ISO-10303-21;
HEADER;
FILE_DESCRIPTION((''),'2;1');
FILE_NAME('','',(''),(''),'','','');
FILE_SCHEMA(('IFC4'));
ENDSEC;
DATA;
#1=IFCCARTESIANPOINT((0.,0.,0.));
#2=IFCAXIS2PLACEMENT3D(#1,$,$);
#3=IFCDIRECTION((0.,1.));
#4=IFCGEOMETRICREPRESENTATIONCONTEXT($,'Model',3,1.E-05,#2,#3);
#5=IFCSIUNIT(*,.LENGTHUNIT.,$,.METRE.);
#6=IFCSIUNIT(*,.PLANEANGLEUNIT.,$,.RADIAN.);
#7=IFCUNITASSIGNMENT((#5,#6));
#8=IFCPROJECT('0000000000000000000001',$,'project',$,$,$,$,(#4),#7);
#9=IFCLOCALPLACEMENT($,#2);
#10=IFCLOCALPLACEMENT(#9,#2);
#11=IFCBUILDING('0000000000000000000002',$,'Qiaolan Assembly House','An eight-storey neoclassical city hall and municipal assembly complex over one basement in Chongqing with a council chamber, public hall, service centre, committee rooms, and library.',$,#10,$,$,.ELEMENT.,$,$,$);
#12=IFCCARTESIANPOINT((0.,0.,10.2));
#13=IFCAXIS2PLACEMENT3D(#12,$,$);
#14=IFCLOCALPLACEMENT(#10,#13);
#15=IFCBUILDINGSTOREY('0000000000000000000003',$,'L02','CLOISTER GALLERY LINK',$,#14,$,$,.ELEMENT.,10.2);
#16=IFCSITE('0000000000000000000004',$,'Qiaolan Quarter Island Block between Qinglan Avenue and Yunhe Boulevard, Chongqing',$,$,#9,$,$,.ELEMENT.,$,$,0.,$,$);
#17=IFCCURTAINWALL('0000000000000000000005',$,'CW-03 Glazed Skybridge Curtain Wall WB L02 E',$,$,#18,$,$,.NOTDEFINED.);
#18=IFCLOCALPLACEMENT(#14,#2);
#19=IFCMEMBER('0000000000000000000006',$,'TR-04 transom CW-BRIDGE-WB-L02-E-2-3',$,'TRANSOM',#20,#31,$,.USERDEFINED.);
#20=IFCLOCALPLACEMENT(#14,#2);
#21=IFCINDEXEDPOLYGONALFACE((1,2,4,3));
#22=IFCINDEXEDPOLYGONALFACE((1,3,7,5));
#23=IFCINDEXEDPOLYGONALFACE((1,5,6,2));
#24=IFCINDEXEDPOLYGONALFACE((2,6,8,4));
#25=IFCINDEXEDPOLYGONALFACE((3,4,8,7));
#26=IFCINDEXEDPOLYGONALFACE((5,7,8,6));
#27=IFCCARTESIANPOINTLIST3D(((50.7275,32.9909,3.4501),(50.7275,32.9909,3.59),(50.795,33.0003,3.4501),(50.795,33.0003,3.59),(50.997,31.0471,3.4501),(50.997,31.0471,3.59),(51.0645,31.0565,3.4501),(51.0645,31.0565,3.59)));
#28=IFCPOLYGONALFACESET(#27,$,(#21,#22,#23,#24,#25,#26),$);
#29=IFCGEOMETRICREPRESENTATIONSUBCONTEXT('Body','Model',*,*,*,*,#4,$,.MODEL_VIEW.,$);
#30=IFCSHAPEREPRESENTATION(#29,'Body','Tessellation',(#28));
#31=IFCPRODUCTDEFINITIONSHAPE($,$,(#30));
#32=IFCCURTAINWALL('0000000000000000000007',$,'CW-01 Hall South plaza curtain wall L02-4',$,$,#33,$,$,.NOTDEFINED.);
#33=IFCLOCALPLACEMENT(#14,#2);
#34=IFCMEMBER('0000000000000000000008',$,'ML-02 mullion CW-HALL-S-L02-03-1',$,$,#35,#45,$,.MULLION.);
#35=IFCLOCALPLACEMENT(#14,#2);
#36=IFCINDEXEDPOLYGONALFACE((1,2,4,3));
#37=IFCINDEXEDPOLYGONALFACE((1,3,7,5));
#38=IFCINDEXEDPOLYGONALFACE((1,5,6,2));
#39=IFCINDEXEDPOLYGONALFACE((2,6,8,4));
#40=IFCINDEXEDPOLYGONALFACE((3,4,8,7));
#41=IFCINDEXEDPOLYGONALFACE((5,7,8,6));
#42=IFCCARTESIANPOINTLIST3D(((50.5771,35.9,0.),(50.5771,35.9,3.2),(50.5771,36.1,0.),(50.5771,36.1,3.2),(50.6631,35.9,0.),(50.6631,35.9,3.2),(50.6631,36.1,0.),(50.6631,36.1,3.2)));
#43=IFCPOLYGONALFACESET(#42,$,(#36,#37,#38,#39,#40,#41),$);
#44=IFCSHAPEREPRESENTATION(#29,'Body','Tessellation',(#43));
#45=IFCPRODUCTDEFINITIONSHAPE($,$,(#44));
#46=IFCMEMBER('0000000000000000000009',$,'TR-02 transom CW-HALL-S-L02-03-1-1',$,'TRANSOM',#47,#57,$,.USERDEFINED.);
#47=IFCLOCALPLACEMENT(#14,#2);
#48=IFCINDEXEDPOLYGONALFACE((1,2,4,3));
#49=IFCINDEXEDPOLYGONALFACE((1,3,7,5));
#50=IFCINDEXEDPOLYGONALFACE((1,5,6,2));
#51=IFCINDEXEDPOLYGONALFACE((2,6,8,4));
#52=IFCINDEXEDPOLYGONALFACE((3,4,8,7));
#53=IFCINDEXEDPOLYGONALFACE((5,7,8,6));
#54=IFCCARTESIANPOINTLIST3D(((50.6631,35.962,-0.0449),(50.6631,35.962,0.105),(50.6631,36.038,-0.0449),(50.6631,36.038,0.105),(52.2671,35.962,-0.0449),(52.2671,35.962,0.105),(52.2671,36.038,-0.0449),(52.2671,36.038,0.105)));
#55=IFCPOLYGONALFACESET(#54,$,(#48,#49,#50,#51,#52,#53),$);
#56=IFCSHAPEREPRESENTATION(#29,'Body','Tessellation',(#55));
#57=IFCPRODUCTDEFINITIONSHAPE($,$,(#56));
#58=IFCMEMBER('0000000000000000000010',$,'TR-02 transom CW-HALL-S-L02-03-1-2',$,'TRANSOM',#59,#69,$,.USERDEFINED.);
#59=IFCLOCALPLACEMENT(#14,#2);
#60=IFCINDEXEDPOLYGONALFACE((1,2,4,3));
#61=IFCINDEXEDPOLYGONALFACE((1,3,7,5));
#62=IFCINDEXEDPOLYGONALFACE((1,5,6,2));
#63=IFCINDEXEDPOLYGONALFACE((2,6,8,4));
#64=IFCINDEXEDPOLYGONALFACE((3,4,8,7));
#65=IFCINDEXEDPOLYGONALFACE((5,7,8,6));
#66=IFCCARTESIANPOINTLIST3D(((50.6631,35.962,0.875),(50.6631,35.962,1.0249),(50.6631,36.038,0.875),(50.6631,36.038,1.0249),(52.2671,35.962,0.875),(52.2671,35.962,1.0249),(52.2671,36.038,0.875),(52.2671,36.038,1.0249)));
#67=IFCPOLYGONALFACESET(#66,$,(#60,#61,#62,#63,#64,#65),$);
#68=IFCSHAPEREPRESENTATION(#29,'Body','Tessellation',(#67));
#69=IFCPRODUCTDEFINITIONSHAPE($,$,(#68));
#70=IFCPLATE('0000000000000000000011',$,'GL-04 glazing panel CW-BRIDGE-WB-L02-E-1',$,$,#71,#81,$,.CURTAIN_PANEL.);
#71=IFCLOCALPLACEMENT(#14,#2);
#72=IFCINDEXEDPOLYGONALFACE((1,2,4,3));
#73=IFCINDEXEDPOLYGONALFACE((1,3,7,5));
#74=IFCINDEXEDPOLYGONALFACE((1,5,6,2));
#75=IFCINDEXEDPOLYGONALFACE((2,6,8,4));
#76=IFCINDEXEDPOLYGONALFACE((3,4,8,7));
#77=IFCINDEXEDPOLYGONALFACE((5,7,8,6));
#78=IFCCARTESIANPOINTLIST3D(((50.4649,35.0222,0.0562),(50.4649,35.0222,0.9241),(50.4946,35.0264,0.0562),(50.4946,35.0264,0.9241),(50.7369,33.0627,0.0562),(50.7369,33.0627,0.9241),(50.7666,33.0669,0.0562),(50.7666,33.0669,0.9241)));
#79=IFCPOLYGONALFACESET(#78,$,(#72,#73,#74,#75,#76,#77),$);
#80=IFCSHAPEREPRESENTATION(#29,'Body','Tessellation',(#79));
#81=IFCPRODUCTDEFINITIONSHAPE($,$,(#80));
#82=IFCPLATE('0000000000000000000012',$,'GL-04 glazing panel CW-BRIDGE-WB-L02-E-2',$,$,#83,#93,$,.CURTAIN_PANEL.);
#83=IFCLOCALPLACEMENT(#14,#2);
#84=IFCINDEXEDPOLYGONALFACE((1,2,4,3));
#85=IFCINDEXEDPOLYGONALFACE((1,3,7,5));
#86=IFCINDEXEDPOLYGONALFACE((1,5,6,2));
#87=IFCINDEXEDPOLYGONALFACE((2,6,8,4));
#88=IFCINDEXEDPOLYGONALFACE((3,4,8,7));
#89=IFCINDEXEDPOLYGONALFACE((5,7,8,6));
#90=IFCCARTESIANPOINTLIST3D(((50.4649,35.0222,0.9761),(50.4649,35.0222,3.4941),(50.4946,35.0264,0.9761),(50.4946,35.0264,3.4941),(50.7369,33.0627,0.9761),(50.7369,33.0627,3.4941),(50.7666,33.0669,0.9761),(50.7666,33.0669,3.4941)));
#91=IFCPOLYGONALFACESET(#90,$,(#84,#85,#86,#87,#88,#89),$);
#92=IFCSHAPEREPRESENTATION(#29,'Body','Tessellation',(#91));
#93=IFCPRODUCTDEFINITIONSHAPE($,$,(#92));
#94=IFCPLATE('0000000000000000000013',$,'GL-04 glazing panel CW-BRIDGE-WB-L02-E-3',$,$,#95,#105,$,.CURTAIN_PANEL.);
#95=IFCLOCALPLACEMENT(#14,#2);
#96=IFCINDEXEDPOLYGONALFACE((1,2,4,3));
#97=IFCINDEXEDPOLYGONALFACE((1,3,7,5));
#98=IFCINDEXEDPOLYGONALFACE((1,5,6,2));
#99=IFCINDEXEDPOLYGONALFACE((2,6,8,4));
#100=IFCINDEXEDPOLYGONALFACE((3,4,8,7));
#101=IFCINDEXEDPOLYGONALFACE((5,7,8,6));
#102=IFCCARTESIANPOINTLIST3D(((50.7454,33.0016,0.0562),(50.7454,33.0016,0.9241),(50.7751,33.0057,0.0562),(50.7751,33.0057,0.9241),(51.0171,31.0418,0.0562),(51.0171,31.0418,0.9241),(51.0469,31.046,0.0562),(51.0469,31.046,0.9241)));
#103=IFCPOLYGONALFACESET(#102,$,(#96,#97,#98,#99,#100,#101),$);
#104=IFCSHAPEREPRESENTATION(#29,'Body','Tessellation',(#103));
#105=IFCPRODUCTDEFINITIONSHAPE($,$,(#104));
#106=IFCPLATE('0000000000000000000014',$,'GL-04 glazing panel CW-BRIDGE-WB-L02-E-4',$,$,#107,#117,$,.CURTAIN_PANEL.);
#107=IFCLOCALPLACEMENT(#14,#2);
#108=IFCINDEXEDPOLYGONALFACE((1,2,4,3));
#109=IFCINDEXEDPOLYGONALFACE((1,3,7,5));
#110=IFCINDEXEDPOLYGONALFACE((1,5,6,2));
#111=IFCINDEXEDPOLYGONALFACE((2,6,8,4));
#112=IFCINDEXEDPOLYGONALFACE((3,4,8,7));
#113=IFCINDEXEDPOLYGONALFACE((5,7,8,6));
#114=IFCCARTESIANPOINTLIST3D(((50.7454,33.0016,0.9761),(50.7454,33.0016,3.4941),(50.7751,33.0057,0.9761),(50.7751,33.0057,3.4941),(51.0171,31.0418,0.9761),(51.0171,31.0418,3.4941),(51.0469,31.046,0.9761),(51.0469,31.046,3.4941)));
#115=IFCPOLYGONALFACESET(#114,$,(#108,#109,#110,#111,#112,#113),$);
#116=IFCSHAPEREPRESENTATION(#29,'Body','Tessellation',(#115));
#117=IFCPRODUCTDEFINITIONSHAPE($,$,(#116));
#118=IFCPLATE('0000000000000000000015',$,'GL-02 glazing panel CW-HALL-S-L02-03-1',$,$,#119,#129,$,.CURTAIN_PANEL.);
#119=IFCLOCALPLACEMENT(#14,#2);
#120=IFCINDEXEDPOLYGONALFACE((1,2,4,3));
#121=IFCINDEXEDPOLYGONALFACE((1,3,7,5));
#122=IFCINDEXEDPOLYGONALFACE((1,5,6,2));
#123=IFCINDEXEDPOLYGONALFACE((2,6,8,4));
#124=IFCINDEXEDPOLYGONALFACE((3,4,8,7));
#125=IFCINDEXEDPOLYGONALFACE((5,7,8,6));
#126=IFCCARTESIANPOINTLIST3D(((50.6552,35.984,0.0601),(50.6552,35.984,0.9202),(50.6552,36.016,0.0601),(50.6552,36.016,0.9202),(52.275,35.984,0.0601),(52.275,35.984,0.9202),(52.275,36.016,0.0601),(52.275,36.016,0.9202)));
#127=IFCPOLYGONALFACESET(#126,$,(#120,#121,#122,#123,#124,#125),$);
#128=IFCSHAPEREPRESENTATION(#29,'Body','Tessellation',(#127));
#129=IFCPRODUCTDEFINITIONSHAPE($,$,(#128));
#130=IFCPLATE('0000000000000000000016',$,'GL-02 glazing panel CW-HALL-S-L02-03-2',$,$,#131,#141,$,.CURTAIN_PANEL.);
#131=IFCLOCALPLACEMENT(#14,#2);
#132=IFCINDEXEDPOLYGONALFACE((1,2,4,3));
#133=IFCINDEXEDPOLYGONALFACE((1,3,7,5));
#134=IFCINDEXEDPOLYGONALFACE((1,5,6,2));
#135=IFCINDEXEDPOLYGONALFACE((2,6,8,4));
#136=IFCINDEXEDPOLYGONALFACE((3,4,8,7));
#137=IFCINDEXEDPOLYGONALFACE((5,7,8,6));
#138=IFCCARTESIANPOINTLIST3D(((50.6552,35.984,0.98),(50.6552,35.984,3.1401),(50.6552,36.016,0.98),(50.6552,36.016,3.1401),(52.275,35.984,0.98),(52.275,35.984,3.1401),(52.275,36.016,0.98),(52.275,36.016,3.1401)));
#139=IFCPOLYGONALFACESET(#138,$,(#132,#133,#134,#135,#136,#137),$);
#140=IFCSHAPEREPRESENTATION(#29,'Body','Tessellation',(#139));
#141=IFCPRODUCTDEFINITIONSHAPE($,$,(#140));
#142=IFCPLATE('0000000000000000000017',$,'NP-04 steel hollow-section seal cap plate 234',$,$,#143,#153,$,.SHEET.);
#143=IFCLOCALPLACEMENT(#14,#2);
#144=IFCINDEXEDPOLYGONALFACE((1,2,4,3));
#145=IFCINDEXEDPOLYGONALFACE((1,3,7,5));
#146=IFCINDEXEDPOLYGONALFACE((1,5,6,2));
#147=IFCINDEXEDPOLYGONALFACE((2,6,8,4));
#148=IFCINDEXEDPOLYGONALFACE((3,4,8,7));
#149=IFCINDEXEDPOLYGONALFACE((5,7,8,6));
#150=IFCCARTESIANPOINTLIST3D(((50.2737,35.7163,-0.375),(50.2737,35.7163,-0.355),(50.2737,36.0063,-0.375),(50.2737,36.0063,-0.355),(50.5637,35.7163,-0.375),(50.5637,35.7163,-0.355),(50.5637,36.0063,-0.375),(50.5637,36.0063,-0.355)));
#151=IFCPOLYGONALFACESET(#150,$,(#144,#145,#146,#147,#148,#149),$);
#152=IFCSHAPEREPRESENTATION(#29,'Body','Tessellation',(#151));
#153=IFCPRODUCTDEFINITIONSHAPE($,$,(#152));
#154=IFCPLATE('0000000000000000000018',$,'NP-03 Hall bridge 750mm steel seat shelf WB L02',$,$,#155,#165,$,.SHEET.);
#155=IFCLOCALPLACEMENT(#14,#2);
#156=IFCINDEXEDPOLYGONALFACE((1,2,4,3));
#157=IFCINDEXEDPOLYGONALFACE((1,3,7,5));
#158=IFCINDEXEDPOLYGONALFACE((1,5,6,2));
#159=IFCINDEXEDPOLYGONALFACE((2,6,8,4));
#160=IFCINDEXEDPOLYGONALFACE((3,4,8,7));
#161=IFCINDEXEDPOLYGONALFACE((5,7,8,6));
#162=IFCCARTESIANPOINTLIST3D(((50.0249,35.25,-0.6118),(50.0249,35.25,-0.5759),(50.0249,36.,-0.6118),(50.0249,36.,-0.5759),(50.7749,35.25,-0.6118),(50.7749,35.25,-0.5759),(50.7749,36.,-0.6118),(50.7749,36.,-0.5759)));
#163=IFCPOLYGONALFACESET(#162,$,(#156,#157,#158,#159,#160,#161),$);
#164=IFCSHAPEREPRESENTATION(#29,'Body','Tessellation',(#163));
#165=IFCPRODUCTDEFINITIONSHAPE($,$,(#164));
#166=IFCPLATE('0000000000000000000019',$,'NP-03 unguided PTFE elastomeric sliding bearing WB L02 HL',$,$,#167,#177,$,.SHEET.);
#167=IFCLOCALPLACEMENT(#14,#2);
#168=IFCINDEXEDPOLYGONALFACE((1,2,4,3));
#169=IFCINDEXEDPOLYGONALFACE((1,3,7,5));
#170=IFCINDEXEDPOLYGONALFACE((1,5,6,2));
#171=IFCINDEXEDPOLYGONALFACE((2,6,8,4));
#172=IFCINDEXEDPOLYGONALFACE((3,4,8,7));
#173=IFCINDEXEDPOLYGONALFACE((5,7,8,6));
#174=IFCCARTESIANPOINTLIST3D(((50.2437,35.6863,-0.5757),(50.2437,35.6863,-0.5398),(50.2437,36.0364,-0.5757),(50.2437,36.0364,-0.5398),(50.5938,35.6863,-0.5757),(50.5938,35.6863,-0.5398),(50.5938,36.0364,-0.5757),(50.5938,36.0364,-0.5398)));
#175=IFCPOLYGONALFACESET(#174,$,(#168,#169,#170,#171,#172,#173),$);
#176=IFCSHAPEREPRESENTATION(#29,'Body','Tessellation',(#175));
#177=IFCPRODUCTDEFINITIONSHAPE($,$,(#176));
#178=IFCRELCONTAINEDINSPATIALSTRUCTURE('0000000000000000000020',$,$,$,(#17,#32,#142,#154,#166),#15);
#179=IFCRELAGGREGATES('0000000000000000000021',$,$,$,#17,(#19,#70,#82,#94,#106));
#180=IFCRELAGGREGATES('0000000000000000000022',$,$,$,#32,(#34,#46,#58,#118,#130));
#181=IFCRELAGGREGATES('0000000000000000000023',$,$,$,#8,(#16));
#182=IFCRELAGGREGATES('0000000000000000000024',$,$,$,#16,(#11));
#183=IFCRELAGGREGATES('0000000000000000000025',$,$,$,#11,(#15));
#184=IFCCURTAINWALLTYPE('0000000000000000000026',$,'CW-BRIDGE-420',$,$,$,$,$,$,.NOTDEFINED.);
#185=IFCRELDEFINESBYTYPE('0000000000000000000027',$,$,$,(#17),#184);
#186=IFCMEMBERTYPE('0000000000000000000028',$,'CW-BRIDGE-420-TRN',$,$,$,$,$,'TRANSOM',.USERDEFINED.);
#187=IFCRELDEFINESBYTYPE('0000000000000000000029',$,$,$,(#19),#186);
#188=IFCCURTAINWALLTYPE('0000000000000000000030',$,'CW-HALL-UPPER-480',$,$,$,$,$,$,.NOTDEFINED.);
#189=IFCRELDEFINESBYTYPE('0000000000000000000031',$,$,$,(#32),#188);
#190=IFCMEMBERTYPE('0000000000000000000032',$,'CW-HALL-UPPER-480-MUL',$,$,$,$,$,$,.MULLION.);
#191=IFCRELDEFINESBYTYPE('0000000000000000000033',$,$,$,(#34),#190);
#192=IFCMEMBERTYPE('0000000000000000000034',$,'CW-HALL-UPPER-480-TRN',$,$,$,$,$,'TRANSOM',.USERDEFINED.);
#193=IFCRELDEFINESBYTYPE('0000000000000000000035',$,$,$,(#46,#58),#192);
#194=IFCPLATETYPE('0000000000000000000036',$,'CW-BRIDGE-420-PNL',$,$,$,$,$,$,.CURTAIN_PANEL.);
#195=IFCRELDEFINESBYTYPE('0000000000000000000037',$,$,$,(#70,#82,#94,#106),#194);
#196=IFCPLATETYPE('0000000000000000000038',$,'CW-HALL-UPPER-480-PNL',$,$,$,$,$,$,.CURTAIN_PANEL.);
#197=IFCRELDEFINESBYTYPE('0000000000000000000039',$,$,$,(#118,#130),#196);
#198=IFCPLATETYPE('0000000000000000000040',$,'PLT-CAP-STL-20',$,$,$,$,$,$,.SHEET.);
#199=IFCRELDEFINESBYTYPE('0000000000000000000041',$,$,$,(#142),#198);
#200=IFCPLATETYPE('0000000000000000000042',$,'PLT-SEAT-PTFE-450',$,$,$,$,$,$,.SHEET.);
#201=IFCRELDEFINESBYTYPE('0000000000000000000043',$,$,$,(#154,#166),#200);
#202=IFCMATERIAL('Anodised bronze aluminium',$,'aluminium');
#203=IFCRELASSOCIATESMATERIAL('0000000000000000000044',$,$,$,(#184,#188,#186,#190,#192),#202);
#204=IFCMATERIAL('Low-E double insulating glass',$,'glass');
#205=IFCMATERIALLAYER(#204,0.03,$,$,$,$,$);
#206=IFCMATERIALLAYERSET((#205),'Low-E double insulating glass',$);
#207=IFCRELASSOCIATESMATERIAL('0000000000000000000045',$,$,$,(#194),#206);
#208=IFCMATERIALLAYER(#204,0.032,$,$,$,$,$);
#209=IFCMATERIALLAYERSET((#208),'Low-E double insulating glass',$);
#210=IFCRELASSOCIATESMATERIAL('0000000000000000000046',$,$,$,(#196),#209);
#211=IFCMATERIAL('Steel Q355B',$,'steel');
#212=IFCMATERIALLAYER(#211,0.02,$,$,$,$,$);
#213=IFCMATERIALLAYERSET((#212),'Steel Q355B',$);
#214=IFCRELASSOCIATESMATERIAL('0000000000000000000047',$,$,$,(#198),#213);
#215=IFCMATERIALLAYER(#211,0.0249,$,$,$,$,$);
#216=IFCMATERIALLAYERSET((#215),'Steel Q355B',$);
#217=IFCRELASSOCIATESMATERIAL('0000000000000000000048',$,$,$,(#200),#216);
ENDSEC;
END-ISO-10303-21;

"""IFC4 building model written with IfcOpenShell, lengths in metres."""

from ifc_helpers import new_model, si_unit, direction, frame, frame_2d, origin, origin_2d, place, context, subcontext, project, spatial, rectangle, extrude, material, layer, layer_set, material_profile, profile_set, type_object, element, aggregate, save


model = new_model("IFC4")

# Units and contexts
model_context = context("Model", 3, precision=1e-05, world=origin(), true_north=direction((0.0, 1.0)))
body_context = subcontext(model_context, "Body", "Model", "MODEL_VIEW")
ifc_project = project(units=[si_unit("LENGTHUNIT", "METRE"), si_unit("PLANEANGLEUNIT", "RADIAN")], contexts=[model_context])

# Site, building, storey
site_placement = place(None, origin())
site = spatial("IfcSite", under=ifc_project, at=site_placement, Name="Qiaolan Quarter Island Block between Qinglan Avenue and Yunhe Boulevard, Chongqing", CompositionType="ELEMENT", RefElevation=0.0)
building_placement = place(site_placement, origin())
building = spatial("IfcBuilding", under=site, at=building_placement, Name="Qiaolan Assembly House", Description="An eight-storey neoclassical city hall and municipal assembly complex over one basement in Chongqing with a council chamber, public hall, service centre, committee rooms, and library.", CompositionType="ELEMENT")
storey_placement = place(building_placement, frame((0.0, 0.0, 10.2)))
storey = spatial("IfcBuildingStorey", under=building, at=storey_placement, Name="L02", Description="CLOISTER GALLERY LINK", CompositionType="ELEMENT", Elevation=10.2)

# Shared definitions
ifc_material_1 = material(Name="Steel Q355B", Category="steel")

# Curtain walls, members
ifc_material_2 = material(Name="Anodised bronze aluminium", Category="aluminium")
curtain_wall_type_1 = type_object("IfcCurtainWallType", Name="CW-BRIDGE-420", PredefinedType="NOTDEFINED", material=ifc_material_2)
curtain_wall_1_placement = place(storey_placement, origin())
curtain_wall_1 = element("IfcCurtainWall", 1, at=curtain_wall_1_placement, inside=storey, type_object=curtain_wall_type_1, Name="CW-03 Glazed Skybridge Curtain Wall WB L02 E", PredefinedType="NOTDEFINED")
ifc_material_profile_1 = material_profile(ifc_material_2, rectangle(XDim=0.0681, YDim=0.1399, at=origin_2d()), Name="TRN 68x140")
ifc_profile_set_1 = profile_set([ifc_material_profile_1], Name="Anodised bronze aluminium")
member_type_1 = type_object("IfcMemberType", Name="CW-BRIDGE-420-TRN", ElementType="TRANSOM", PredefinedType="USERDEFINED", material=ifc_profile_set_1)
member_1_placement = place(storey_placement, frame((50.7612, 32.9956, 3.52), z_axis=(0.137345, -0.990523, 0.0), x_axis=(0.990523, 0.137345, 0.0)))
member_1 = element("IfcMember", 2, at=member_1_placement, type_object=member_type_1, Name="TR-04 transom CW-BRIDGE-WB-L02-E-2-3", ObjectType="TRANSOM", PredefinedType="USERDEFINED", context=body_context, shape_type="SweptSolid", body=[
    extrude(rectangle(XDim=0.0681, YDim=0.1399, at=origin_2d()), origin(), (0.0, 0.0, 1.0), 1.9624),
])
curtain_wall_type_2 = type_object("IfcCurtainWallType", Name="CW-HALL-UPPER-480", PredefinedType="NOTDEFINED", material=ifc_material_2)
curtain_wall_2_placement = place(storey_placement, origin())
curtain_wall_2 = element("IfcCurtainWall", 3, at=curtain_wall_2_placement, inside=storey, type_object=curtain_wall_type_2, Name="CW-01 Hall South plaza curtain wall L02-4", PredefinedType="NOTDEFINED")
ifc_material_profile_2 = material_profile(ifc_material_2, rectangle(XDim=0.0859, YDim=0.2, at=origin_2d()), Name="MUL 86x200")
ifc_profile_set_2 = profile_set([ifc_material_profile_2], Name="Anodised bronze aluminium")
member_type_2 = type_object("IfcMemberType", Name="CW-HALL-UPPER-480-MUL", PredefinedType="MULLION", material=ifc_profile_set_2)
member_2_placement = place(storey_placement, frame((50.6201, 36.0, 0.0), z_axis=(0.0, 0.0, 1.0), x_axis=(1.0, 0.0, 0.0)))
member_2 = element("IfcMember", 4, at=member_2_placement, type_object=member_type_2, Name="ML-02 mullion CW-HALL-S-L02-03-1", PredefinedType="MULLION", context=body_context, shape_type="SweptSolid", body=[
    extrude(rectangle(XDim=0.0859, YDim=0.2, at=origin_2d()), origin(), (0.0, 0.0, 1.0), 3.2),
])
ifc_material_profile_3 = material_profile(ifc_material_2, rectangle(XDim=0.0759, YDim=0.1499, at=origin_2d()), Name="TRN 76x150")
ifc_profile_set_3 = profile_set([ifc_material_profile_3], Name="Anodised bronze aluminium")
member_type_3 = type_object("IfcMemberType", Name="CW-HALL-UPPER-480-TRN", ElementType="TRANSOM", PredefinedType="USERDEFINED", material=ifc_profile_set_3)
member_3_placement = place(storey_placement, frame((50.6631, 36.0, 0.03), z_axis=(1.0, 0.0, 0.0), x_axis=(0.0, 1.0, 0.0)))
member_3 = element("IfcMember", 5, at=member_3_placement, type_object=member_type_3, Name="TR-02 transom CW-HALL-S-L02-03-1-1", ObjectType="TRANSOM", PredefinedType="USERDEFINED", context=body_context, shape_type="SweptSolid", body=[
    extrude(rectangle(XDim=0.0759, YDim=0.1499, at=origin_2d()), origin(), (0.0, 0.0, 1.0), 1.604),
])
member_4_placement = place(storey_placement, frame((50.6631, 36.0, 0.95), z_axis=(1.0, 0.0, 0.0), x_axis=(0.0, 1.0, 0.0)))
member_4 = element("IfcMember", 6, at=member_4_placement, type_object=member_type_3, Name="TR-02 transom CW-HALL-S-L02-03-1-2", ObjectType="TRANSOM", PredefinedType="USERDEFINED", context=body_context, shape_type="SweptSolid", body=[
    extrude(rectangle(XDim=0.0759, YDim=0.1499, at=origin_2d()), origin(), (0.0, 0.0, 1.0), 1.604),
])

# Plates
ifc_material_3 = material(Name="Low-E double insulating glass", Category="glass")
ifc_layer_1 = layer(ifc_material_3, 0.03)
ifc_layer_set_1 = layer_set([ifc_layer_1], Name="Low-E double insulating glass")
plate_type_1 = type_object("IfcPlateType", Name="CW-BRIDGE-420-PNL", PredefinedType="CURTAIN_PANEL", material=ifc_layer_set_1)
plate_1_placement = place(storey_placement, frame((50.4797, 35.0244, 0.0562), z_axis=(0.0, 0.0, 1.0), x_axis=(0.137481, -0.990504, 0.0)))
plate_1 = element("IfcPlate", 7, at=plate_1_placement, type_object=plate_type_1, Name="GL-04 glazing panel CW-BRIDGE-WB-L02-E-1", PredefinedType="CURTAIN_PANEL", context=body_context, shape_type="SweptSolid", body=[
    extrude(rectangle(XDim=1.9783, YDim=0.03, at=frame_2d((0.9893, 0.0))), origin(), (0.0, 0.0, 1.0), 0.8679),
])
plate_2_placement = place(storey_placement, frame((50.4797, 35.0244, 0.9761), z_axis=(0.0, 0.0, 1.0), x_axis=(0.137481, -0.990504, 0.0)))
plate_2 = element("IfcPlate", 8, at=plate_2_placement, type_object=plate_type_1, Name="GL-04 glazing panel CW-BRIDGE-WB-L02-E-2", PredefinedType="CURTAIN_PANEL", context=body_context, shape_type="SweptSolid", body=[
    extrude(rectangle(XDim=1.9783, YDim=0.03, at=frame_2d((0.9893, 0.0))), origin(), (0.0, 0.0, 1.0), 2.5181),
])
plate_3_placement = place(storey_placement, frame((50.7603, 33.0037, 0.0562), z_axis=(0.0, 0.0, 1.0), x_axis=(0.137343, -0.990524, 0.0)))
plate_3 = element("IfcPlate", 9, at=plate_3_placement, type_object=plate_type_1, Name="GL-04 glazing panel CW-BRIDGE-WB-L02-E-3", PredefinedType="CURTAIN_PANEL", context=body_context, shape_type="SweptSolid", body=[
    extrude(rectangle(XDim=1.9785, YDim=0.03, at=frame_2d((0.9893, 0.0))), origin(), (0.0, 0.0, 1.0), 0.8679),
])
plate_4_placement = place(storey_placement, frame((50.7603, 33.0037, 0.9761), z_axis=(0.0, 0.0, 1.0), x_axis=(0.137343, -0.990524, 0.0)))
plate_4 = element("IfcPlate", 10, at=plate_4_placement, type_object=plate_type_1, Name="GL-04 glazing panel CW-BRIDGE-WB-L02-E-4", PredefinedType="CURTAIN_PANEL", context=body_context, shape_type="SweptSolid", body=[
    extrude(rectangle(XDim=1.9785, YDim=0.03, at=frame_2d((0.9893, 0.0))), origin(), (0.0, 0.0, 1.0), 2.5181),
])
aggregate(curtain_wall_1, [member_1, plate_1, plate_2, plate_3, plate_4])
ifc_layer_2 = layer(ifc_material_3, 0.032)
ifc_layer_set_2 = layer_set([ifc_layer_2], Name="Low-E double insulating glass")
plate_type_2 = type_object("IfcPlateType", Name="CW-HALL-UPPER-480-PNL", PredefinedType="CURTAIN_PANEL", material=ifc_layer_set_2)
plate_5_placement = place(storey_placement, frame((50.655, 36.0, 0.0601), z_axis=(0.0, 0.0, 1.0), x_axis=(1.0, 0.0, 0.0)))
plate_5 = element("IfcPlate", 11, at=plate_5_placement, type_object=plate_type_2, Name="GL-02 glazing panel CW-HALL-S-L02-03-1", PredefinedType="CURTAIN_PANEL", context=body_context, shape_type="SweptSolid", body=[
    extrude(rectangle(XDim=1.6199, YDim=0.032, at=frame_2d((0.8101, 0.0))), origin(), (0.0, 0.0, 1.0), 0.8601),
])
plate_6_placement = place(storey_placement, frame((50.655, 36.0, 0.98), z_axis=(0.0, 0.0, 1.0), x_axis=(1.0, 0.0, 0.0)))
plate_6 = element("IfcPlate", 12, at=plate_6_placement, type_object=plate_type_2, Name="GL-02 glazing panel CW-HALL-S-L02-03-2", PredefinedType="CURTAIN_PANEL", context=body_context, shape_type="SweptSolid", body=[
    extrude(rectangle(XDim=1.6199, YDim=0.032, at=frame_2d((0.8101, 0.0))), origin(), (0.0, 0.0, 1.0), 2.1602),
])
aggregate(curtain_wall_2, [member_2, member_3, member_4, plate_5, plate_6])

# Plates
ifc_layer_3 = layer(ifc_material_1, 0.02)
ifc_layer_set_3 = layer_set([ifc_layer_3], Name="Steel Q355B")
plate_type_3 = type_object("IfcPlateType", Name="PLT-CAP-STL-20", PredefinedType="SHEET", material=ifc_layer_set_3)
plate_7_placement = place(storey_placement, frame((50.4187, 35.8613, -0.375), z_axis=(0.0, 0.0, 1.0), x_axis=(1.0, 0.0, 0.0)))
element("IfcPlate", 13, at=plate_7_placement, inside=storey, type_object=plate_type_3, Name="NP-04 steel hollow-section seal cap plate 234", PredefinedType="SHEET", context=body_context, shape_type="SweptSolid", body=[
    extrude(rectangle(XDim=0.29, YDim=0.29, at=origin_2d()), origin(), (0.0, 0.0, 1.0), 0.02),
])
ifc_layer_4 = layer(ifc_material_1, 0.0249)
ifc_layer_set_4 = layer_set([ifc_layer_4], Name="Steel Q355B")
plate_type_4 = type_object("IfcPlateType", Name="PLT-SEAT-PTFE-450", PredefinedType="SHEET", material=ifc_layer_set_4)
plate_8_placement = place(storey_placement, frame((50.3999, 35.625, -0.6118), z_axis=(0.0, 0.0, 1.0), x_axis=(1.0, 0.0, 0.0)))
element("IfcPlate", 14, at=plate_8_placement, inside=storey, type_object=plate_type_4, Name="NP-03 Hall bridge 750mm steel seat shelf WB L02", PredefinedType="SHEET", context=body_context, shape_type="SweptSolid", body=[
    extrude(rectangle(XDim=0.75, YDim=0.75, at=origin_2d()), origin(), (0.0, 0.0, 1.0), 0.0359),
])
plate_9_placement = place(storey_placement, frame((50.4187, 35.8613, -0.5757), z_axis=(0.0, 0.0, 1.0), x_axis=(1.0, 0.0, 0.0)))
element("IfcPlate", 15, at=plate_9_placement, inside=storey, type_object=plate_type_4, Name="NP-03 unguided PTFE elastomeric sliding bearing WB L02 HL", PredefinedType="SHEET", context=body_context, shape_type="SweptSolid", body=[
    extrude(rectangle(XDim=0.3501, YDim=0.3501, at=origin_2d()), origin(), (0.0, 0.0, 1.0), 0.0359),
])

save(model, "model.ifc")
